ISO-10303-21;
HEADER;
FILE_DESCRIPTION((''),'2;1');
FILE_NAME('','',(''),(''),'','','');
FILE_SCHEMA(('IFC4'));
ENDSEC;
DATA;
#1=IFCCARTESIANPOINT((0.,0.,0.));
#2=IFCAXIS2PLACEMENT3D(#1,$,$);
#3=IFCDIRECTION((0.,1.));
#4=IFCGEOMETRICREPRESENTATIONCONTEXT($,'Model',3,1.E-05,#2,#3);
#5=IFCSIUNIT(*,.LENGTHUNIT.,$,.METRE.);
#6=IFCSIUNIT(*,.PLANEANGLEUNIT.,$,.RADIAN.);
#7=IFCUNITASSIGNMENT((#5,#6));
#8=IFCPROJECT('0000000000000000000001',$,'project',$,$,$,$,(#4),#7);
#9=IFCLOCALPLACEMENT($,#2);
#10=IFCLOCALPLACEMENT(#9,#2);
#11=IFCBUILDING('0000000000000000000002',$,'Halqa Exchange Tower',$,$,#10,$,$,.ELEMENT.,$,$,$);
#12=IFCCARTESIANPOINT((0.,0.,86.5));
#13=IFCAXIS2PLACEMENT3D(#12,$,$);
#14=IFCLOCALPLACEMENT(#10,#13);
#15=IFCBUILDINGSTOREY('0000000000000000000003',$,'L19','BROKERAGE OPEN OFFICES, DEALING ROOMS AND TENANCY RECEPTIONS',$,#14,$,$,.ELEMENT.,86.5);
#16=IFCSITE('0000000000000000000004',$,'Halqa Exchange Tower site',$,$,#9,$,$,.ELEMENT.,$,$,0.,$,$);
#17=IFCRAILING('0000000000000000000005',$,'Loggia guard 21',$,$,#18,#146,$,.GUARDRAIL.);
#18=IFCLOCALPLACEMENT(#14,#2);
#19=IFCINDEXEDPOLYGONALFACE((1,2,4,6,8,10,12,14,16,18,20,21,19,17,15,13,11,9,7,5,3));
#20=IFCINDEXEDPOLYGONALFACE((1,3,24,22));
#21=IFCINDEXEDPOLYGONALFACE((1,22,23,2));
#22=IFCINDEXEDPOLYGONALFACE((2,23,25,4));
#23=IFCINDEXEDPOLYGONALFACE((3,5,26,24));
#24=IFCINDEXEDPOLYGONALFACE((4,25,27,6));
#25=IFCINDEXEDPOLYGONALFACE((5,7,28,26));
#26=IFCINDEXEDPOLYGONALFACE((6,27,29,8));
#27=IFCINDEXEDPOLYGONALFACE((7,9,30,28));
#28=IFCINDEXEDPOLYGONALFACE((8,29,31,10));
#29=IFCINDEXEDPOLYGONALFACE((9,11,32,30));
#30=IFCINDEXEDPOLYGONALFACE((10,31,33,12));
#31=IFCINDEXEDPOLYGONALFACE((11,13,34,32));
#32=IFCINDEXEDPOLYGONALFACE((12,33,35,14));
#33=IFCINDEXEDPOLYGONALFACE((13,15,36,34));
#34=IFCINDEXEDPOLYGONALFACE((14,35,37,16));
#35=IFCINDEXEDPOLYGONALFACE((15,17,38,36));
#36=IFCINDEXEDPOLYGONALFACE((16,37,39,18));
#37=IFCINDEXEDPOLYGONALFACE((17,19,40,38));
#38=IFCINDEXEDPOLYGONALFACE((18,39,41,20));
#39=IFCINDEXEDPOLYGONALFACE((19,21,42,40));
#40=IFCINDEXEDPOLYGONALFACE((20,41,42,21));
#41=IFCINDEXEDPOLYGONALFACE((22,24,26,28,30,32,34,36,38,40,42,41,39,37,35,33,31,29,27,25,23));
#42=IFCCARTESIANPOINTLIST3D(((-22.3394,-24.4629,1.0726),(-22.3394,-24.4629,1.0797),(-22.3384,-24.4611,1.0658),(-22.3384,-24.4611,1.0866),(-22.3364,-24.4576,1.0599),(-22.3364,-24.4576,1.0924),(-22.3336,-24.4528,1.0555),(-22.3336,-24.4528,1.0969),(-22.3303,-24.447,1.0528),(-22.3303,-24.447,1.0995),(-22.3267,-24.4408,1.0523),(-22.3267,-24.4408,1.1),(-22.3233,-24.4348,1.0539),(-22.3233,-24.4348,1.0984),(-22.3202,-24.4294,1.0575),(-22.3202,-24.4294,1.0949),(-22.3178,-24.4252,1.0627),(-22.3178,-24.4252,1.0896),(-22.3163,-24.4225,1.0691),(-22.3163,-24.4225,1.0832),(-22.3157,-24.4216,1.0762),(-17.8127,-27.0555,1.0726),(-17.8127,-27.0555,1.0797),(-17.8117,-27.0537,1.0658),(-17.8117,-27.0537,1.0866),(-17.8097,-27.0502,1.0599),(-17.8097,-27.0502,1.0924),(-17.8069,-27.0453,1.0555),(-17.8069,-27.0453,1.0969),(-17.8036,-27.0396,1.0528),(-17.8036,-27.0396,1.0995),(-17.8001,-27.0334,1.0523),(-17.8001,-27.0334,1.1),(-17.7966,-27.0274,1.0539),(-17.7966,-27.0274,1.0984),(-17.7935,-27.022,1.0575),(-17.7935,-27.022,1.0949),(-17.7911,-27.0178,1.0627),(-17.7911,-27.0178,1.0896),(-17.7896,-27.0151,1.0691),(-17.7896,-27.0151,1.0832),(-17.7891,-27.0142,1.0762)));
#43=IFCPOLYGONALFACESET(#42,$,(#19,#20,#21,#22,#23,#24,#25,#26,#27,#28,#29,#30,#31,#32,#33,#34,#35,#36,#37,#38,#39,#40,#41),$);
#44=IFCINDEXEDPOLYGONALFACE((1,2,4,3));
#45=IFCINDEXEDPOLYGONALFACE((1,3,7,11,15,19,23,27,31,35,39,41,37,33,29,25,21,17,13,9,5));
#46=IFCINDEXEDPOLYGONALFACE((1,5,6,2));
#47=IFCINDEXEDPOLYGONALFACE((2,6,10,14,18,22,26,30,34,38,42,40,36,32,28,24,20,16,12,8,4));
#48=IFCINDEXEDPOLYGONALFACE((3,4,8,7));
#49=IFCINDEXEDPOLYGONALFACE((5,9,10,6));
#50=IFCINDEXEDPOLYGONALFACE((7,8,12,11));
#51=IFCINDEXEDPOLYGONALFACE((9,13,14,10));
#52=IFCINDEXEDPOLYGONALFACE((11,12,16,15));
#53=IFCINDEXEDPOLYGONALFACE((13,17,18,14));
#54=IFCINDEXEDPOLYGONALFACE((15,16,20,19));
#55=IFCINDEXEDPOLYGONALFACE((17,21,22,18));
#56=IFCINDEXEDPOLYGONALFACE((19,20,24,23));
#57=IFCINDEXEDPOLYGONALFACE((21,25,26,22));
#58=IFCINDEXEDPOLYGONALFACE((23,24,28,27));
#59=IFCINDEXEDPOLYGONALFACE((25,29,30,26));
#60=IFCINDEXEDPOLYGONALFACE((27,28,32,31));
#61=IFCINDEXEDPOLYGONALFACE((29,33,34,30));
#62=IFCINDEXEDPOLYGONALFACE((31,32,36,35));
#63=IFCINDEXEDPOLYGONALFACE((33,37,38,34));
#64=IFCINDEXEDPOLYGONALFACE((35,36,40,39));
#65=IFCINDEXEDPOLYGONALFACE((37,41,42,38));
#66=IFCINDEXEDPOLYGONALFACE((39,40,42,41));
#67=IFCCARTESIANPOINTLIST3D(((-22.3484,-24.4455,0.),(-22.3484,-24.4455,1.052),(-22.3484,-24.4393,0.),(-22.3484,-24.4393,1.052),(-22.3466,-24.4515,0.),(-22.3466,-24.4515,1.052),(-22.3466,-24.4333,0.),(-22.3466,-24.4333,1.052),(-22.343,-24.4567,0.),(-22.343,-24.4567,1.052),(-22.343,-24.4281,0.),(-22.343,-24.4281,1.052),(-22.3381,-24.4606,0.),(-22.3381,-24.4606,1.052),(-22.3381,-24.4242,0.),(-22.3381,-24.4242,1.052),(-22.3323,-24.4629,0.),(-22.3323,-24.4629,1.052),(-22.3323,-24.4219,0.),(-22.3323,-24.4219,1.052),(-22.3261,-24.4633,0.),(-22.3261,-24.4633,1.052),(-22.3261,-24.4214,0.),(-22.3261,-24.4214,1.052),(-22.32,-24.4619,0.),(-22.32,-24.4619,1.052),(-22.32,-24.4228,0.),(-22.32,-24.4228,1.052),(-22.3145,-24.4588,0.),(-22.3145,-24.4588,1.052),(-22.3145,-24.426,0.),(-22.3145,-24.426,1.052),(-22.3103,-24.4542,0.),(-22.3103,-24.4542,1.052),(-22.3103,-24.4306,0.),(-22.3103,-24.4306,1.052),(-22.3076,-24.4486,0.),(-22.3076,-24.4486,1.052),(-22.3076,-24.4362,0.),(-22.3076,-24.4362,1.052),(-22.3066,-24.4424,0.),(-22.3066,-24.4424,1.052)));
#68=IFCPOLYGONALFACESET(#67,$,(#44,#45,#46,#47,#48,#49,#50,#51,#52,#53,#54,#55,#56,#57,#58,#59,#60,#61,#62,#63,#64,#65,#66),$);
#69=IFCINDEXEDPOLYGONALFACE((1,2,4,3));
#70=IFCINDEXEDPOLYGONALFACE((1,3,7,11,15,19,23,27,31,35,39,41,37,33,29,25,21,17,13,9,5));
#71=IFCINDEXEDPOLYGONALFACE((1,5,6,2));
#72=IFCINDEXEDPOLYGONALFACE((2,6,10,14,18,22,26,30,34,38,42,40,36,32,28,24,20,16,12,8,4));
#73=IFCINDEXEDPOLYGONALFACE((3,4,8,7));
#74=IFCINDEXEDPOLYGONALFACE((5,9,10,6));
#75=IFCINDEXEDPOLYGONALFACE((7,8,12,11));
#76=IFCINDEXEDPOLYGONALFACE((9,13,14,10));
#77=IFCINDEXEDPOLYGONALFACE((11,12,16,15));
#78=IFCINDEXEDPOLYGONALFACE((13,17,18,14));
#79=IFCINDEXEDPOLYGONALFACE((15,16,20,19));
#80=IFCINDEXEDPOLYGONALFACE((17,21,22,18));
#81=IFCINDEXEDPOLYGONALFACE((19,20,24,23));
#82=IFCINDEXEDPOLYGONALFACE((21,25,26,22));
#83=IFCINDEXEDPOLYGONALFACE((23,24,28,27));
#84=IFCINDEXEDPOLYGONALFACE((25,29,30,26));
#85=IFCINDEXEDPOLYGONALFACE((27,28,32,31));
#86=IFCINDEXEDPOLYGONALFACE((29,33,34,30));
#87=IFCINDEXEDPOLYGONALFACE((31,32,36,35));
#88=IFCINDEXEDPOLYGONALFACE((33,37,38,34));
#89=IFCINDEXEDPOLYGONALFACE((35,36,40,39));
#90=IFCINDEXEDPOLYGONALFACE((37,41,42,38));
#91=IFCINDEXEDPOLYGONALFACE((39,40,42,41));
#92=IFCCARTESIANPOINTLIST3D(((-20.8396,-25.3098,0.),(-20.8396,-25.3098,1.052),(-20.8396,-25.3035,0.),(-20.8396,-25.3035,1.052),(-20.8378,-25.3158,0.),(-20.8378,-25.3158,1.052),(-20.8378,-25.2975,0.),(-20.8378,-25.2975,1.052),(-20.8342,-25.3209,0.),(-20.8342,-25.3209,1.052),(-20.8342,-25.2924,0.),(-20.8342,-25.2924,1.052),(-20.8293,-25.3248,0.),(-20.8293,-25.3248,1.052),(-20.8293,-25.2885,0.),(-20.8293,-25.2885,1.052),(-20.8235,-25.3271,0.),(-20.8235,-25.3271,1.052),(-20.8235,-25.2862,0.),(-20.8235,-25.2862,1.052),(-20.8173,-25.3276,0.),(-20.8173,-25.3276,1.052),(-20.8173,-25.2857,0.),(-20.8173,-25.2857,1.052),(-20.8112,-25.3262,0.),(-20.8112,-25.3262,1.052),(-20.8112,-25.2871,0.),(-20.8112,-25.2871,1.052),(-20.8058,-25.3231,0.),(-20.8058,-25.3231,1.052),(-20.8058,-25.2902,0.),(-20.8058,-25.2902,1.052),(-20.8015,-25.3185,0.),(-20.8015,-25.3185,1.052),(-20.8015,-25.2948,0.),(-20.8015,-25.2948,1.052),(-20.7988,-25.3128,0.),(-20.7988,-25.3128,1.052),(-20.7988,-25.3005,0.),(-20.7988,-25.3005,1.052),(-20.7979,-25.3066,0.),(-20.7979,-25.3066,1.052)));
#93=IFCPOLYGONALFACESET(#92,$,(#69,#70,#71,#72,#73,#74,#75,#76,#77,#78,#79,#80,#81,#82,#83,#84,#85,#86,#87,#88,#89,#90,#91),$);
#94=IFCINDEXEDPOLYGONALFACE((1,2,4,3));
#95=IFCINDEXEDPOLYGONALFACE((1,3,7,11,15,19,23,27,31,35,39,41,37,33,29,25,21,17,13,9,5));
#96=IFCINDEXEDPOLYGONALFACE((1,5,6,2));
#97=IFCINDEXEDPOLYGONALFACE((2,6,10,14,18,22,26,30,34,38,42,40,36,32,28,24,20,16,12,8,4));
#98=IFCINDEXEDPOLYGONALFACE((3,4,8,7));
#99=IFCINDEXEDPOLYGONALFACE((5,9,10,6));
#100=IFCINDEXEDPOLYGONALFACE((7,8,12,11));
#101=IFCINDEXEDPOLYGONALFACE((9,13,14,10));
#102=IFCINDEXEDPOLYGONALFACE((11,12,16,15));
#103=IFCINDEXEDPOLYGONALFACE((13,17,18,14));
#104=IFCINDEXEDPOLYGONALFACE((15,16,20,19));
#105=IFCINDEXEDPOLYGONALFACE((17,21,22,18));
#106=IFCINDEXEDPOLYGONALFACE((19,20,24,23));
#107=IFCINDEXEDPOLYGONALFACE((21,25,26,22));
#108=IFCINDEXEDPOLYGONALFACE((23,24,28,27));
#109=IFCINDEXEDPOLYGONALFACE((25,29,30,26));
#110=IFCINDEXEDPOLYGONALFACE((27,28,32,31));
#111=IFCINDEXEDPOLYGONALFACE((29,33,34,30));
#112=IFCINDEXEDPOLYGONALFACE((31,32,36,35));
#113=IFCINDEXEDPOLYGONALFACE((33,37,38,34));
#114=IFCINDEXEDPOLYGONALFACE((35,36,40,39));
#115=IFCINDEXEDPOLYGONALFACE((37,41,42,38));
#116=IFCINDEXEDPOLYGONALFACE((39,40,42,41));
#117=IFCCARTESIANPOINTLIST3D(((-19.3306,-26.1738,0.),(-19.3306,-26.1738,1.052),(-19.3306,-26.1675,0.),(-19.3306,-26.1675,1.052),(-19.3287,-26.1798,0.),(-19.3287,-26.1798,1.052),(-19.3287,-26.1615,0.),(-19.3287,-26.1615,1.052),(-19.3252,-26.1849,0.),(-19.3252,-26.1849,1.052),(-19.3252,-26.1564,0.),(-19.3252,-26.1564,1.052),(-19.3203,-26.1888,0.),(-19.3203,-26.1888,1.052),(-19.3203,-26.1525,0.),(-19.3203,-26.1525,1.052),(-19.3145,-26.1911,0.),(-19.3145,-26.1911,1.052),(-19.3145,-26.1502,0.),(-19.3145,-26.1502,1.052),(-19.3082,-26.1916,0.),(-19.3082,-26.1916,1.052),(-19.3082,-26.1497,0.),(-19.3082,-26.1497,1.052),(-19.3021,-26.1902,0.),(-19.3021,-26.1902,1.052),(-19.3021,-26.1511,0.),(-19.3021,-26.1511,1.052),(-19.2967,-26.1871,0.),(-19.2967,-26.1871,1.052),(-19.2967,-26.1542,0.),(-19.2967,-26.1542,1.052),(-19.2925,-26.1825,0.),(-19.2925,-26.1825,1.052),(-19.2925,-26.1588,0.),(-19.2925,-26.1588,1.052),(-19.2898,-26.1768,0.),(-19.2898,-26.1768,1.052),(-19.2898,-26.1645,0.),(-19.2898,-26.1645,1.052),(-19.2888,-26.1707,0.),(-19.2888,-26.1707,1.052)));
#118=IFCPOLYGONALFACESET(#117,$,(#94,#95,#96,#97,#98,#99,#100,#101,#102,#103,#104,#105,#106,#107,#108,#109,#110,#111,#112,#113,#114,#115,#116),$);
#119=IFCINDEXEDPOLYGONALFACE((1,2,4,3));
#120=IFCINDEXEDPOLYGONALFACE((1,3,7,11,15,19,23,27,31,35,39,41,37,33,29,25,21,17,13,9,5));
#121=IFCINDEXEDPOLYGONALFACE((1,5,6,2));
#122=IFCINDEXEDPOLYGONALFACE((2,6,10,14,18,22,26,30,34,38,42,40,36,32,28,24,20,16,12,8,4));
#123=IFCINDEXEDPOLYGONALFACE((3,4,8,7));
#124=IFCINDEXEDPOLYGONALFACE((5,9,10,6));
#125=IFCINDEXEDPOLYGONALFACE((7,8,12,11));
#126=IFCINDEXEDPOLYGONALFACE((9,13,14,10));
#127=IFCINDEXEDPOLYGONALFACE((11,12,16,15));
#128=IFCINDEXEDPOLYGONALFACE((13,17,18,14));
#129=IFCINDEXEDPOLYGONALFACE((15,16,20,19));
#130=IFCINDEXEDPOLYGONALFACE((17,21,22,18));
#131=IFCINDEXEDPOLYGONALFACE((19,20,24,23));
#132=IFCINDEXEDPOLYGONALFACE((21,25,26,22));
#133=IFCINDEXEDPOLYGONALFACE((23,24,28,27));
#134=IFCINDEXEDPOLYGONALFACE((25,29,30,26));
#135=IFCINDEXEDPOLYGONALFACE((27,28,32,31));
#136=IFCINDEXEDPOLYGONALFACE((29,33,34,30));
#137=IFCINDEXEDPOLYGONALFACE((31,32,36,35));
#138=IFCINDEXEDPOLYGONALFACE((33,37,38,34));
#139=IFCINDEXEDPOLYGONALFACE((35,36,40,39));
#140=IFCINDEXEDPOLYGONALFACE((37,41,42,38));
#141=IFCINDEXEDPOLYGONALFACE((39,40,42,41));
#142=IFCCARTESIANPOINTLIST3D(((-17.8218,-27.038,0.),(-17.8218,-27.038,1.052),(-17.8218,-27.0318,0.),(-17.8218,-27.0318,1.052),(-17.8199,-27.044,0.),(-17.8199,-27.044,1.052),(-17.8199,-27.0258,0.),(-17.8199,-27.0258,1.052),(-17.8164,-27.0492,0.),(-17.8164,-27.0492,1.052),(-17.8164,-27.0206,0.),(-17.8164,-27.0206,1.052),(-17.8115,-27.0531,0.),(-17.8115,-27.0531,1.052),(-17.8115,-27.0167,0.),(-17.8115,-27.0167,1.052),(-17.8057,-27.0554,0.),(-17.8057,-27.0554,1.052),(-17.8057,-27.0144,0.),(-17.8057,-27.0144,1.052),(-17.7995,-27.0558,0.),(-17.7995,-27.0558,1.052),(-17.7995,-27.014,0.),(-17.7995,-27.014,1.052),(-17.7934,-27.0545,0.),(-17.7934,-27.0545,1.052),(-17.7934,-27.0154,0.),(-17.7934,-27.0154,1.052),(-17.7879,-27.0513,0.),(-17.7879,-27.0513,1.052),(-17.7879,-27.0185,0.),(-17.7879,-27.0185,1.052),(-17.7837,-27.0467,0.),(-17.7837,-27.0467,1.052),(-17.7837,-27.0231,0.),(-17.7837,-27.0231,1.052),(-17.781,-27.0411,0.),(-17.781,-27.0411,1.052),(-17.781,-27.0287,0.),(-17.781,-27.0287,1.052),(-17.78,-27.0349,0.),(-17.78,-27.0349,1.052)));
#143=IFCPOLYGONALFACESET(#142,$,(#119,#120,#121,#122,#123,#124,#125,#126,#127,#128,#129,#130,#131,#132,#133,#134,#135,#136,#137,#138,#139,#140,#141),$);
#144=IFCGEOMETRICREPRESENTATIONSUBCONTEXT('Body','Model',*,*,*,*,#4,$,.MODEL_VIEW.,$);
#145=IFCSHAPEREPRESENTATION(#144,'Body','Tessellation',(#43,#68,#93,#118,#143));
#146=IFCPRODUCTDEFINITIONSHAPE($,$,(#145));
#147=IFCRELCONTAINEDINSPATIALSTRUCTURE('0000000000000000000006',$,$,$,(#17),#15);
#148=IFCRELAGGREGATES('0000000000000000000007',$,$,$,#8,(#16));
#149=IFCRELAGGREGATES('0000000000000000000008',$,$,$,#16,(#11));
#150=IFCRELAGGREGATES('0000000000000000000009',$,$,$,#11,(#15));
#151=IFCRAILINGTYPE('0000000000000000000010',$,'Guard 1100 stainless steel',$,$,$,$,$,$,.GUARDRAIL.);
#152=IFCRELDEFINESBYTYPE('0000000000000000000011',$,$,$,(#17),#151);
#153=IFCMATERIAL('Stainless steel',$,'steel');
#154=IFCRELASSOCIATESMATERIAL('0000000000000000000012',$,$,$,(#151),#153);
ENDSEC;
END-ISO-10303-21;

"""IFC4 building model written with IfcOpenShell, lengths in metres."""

from ifc_helpers import new_model, si_unit, direction, frame, origin, origin_2d, place, context, subcontext, project, spatial, circle, extrude, material, type_object, element, save


model = new_model("IFC4")

# Units and contexts
model_context = context("Model", 3, precision=1e-05, world=origin(), true_north=direction((0.0, 1.0)))
body_context = subcontext(model_context, "Body", "Model", "MODEL_VIEW")
ifc_project = project(units=[si_unit("LENGTHUNIT", "METRE"), si_unit("PLANEANGLEUNIT", "RADIAN")], contexts=[model_context])

# Site, building, storey
site_placement = place(None, origin())
site = spatial("IfcSite", under=ifc_project, at=site_placement, Name="Halqa Exchange Tower site", CompositionType="ELEMENT", RefElevation=0.0)
building_placement = place(site_placement, origin())
building = spatial("IfcBuilding", under=site, at=building_placement, Name="Halqa Exchange Tower", CompositionType="ELEMENT")
storey_placement = place(building_placement, frame((0.0, 0.0, 86.5)))
storey = spatial("IfcBuildingStorey", under=building, at=storey_placement, Name="L19", Description="BROKERAGE OPEN OFFICES, DEALING ROOMS AND TENANCY RECEPTIONS", CompositionType="ELEMENT", Elevation=86.5)

# Railing
ifc_material_1 = material(Name="Stainless steel", Category="steel")
railing_type = type_object("IfcRailingType", Name="Guard 1100 stainless steel", PredefinedType="GUARDRAIL", material=ifc_material_1)
railing_1_placement = place(storey_placement, frame((-22.3276, -24.4424, 0.0)))
element("IfcRailing", 1, at=railing_1_placement, inside=storey, type_object=railing_type, Name="Loggia guard 21", PredefinedType="GUARDRAIL", context=body_context, shape_type="SweptSolid", body=[
    extrude(circle(Radius=0.0239, at=origin_2d()), frame((0.0, 0.0, 1.0762), z_axis=(0.867756, -0.49699, 0.0), x_axis=(0.49699, 0.867756, 0.0)), (0.0, 0.0, 1.0), 5.2166),
    extrude(circle(Radius=0.021, at=origin_2d()), origin(), (0.0, 0.0, 1.0), 1.052),
    extrude(circle(Radius=0.021, at=origin_2d()), frame((1.5088, -0.8643, 0.0)), (0.0, 0.0, 1.0), 1.052),
    extrude(circle(Radius=0.021, at=origin_2d()), frame((3.0178, -1.7283, 0.0)), (0.0, 0.0, 1.0), 1.052),
    extrude(circle(Radius=0.021, at=origin_2d()), frame((4.5266, -2.5925, 0.0)), (0.0, 0.0, 1.0), 1.052),
])

save(model, "model.ifc")
